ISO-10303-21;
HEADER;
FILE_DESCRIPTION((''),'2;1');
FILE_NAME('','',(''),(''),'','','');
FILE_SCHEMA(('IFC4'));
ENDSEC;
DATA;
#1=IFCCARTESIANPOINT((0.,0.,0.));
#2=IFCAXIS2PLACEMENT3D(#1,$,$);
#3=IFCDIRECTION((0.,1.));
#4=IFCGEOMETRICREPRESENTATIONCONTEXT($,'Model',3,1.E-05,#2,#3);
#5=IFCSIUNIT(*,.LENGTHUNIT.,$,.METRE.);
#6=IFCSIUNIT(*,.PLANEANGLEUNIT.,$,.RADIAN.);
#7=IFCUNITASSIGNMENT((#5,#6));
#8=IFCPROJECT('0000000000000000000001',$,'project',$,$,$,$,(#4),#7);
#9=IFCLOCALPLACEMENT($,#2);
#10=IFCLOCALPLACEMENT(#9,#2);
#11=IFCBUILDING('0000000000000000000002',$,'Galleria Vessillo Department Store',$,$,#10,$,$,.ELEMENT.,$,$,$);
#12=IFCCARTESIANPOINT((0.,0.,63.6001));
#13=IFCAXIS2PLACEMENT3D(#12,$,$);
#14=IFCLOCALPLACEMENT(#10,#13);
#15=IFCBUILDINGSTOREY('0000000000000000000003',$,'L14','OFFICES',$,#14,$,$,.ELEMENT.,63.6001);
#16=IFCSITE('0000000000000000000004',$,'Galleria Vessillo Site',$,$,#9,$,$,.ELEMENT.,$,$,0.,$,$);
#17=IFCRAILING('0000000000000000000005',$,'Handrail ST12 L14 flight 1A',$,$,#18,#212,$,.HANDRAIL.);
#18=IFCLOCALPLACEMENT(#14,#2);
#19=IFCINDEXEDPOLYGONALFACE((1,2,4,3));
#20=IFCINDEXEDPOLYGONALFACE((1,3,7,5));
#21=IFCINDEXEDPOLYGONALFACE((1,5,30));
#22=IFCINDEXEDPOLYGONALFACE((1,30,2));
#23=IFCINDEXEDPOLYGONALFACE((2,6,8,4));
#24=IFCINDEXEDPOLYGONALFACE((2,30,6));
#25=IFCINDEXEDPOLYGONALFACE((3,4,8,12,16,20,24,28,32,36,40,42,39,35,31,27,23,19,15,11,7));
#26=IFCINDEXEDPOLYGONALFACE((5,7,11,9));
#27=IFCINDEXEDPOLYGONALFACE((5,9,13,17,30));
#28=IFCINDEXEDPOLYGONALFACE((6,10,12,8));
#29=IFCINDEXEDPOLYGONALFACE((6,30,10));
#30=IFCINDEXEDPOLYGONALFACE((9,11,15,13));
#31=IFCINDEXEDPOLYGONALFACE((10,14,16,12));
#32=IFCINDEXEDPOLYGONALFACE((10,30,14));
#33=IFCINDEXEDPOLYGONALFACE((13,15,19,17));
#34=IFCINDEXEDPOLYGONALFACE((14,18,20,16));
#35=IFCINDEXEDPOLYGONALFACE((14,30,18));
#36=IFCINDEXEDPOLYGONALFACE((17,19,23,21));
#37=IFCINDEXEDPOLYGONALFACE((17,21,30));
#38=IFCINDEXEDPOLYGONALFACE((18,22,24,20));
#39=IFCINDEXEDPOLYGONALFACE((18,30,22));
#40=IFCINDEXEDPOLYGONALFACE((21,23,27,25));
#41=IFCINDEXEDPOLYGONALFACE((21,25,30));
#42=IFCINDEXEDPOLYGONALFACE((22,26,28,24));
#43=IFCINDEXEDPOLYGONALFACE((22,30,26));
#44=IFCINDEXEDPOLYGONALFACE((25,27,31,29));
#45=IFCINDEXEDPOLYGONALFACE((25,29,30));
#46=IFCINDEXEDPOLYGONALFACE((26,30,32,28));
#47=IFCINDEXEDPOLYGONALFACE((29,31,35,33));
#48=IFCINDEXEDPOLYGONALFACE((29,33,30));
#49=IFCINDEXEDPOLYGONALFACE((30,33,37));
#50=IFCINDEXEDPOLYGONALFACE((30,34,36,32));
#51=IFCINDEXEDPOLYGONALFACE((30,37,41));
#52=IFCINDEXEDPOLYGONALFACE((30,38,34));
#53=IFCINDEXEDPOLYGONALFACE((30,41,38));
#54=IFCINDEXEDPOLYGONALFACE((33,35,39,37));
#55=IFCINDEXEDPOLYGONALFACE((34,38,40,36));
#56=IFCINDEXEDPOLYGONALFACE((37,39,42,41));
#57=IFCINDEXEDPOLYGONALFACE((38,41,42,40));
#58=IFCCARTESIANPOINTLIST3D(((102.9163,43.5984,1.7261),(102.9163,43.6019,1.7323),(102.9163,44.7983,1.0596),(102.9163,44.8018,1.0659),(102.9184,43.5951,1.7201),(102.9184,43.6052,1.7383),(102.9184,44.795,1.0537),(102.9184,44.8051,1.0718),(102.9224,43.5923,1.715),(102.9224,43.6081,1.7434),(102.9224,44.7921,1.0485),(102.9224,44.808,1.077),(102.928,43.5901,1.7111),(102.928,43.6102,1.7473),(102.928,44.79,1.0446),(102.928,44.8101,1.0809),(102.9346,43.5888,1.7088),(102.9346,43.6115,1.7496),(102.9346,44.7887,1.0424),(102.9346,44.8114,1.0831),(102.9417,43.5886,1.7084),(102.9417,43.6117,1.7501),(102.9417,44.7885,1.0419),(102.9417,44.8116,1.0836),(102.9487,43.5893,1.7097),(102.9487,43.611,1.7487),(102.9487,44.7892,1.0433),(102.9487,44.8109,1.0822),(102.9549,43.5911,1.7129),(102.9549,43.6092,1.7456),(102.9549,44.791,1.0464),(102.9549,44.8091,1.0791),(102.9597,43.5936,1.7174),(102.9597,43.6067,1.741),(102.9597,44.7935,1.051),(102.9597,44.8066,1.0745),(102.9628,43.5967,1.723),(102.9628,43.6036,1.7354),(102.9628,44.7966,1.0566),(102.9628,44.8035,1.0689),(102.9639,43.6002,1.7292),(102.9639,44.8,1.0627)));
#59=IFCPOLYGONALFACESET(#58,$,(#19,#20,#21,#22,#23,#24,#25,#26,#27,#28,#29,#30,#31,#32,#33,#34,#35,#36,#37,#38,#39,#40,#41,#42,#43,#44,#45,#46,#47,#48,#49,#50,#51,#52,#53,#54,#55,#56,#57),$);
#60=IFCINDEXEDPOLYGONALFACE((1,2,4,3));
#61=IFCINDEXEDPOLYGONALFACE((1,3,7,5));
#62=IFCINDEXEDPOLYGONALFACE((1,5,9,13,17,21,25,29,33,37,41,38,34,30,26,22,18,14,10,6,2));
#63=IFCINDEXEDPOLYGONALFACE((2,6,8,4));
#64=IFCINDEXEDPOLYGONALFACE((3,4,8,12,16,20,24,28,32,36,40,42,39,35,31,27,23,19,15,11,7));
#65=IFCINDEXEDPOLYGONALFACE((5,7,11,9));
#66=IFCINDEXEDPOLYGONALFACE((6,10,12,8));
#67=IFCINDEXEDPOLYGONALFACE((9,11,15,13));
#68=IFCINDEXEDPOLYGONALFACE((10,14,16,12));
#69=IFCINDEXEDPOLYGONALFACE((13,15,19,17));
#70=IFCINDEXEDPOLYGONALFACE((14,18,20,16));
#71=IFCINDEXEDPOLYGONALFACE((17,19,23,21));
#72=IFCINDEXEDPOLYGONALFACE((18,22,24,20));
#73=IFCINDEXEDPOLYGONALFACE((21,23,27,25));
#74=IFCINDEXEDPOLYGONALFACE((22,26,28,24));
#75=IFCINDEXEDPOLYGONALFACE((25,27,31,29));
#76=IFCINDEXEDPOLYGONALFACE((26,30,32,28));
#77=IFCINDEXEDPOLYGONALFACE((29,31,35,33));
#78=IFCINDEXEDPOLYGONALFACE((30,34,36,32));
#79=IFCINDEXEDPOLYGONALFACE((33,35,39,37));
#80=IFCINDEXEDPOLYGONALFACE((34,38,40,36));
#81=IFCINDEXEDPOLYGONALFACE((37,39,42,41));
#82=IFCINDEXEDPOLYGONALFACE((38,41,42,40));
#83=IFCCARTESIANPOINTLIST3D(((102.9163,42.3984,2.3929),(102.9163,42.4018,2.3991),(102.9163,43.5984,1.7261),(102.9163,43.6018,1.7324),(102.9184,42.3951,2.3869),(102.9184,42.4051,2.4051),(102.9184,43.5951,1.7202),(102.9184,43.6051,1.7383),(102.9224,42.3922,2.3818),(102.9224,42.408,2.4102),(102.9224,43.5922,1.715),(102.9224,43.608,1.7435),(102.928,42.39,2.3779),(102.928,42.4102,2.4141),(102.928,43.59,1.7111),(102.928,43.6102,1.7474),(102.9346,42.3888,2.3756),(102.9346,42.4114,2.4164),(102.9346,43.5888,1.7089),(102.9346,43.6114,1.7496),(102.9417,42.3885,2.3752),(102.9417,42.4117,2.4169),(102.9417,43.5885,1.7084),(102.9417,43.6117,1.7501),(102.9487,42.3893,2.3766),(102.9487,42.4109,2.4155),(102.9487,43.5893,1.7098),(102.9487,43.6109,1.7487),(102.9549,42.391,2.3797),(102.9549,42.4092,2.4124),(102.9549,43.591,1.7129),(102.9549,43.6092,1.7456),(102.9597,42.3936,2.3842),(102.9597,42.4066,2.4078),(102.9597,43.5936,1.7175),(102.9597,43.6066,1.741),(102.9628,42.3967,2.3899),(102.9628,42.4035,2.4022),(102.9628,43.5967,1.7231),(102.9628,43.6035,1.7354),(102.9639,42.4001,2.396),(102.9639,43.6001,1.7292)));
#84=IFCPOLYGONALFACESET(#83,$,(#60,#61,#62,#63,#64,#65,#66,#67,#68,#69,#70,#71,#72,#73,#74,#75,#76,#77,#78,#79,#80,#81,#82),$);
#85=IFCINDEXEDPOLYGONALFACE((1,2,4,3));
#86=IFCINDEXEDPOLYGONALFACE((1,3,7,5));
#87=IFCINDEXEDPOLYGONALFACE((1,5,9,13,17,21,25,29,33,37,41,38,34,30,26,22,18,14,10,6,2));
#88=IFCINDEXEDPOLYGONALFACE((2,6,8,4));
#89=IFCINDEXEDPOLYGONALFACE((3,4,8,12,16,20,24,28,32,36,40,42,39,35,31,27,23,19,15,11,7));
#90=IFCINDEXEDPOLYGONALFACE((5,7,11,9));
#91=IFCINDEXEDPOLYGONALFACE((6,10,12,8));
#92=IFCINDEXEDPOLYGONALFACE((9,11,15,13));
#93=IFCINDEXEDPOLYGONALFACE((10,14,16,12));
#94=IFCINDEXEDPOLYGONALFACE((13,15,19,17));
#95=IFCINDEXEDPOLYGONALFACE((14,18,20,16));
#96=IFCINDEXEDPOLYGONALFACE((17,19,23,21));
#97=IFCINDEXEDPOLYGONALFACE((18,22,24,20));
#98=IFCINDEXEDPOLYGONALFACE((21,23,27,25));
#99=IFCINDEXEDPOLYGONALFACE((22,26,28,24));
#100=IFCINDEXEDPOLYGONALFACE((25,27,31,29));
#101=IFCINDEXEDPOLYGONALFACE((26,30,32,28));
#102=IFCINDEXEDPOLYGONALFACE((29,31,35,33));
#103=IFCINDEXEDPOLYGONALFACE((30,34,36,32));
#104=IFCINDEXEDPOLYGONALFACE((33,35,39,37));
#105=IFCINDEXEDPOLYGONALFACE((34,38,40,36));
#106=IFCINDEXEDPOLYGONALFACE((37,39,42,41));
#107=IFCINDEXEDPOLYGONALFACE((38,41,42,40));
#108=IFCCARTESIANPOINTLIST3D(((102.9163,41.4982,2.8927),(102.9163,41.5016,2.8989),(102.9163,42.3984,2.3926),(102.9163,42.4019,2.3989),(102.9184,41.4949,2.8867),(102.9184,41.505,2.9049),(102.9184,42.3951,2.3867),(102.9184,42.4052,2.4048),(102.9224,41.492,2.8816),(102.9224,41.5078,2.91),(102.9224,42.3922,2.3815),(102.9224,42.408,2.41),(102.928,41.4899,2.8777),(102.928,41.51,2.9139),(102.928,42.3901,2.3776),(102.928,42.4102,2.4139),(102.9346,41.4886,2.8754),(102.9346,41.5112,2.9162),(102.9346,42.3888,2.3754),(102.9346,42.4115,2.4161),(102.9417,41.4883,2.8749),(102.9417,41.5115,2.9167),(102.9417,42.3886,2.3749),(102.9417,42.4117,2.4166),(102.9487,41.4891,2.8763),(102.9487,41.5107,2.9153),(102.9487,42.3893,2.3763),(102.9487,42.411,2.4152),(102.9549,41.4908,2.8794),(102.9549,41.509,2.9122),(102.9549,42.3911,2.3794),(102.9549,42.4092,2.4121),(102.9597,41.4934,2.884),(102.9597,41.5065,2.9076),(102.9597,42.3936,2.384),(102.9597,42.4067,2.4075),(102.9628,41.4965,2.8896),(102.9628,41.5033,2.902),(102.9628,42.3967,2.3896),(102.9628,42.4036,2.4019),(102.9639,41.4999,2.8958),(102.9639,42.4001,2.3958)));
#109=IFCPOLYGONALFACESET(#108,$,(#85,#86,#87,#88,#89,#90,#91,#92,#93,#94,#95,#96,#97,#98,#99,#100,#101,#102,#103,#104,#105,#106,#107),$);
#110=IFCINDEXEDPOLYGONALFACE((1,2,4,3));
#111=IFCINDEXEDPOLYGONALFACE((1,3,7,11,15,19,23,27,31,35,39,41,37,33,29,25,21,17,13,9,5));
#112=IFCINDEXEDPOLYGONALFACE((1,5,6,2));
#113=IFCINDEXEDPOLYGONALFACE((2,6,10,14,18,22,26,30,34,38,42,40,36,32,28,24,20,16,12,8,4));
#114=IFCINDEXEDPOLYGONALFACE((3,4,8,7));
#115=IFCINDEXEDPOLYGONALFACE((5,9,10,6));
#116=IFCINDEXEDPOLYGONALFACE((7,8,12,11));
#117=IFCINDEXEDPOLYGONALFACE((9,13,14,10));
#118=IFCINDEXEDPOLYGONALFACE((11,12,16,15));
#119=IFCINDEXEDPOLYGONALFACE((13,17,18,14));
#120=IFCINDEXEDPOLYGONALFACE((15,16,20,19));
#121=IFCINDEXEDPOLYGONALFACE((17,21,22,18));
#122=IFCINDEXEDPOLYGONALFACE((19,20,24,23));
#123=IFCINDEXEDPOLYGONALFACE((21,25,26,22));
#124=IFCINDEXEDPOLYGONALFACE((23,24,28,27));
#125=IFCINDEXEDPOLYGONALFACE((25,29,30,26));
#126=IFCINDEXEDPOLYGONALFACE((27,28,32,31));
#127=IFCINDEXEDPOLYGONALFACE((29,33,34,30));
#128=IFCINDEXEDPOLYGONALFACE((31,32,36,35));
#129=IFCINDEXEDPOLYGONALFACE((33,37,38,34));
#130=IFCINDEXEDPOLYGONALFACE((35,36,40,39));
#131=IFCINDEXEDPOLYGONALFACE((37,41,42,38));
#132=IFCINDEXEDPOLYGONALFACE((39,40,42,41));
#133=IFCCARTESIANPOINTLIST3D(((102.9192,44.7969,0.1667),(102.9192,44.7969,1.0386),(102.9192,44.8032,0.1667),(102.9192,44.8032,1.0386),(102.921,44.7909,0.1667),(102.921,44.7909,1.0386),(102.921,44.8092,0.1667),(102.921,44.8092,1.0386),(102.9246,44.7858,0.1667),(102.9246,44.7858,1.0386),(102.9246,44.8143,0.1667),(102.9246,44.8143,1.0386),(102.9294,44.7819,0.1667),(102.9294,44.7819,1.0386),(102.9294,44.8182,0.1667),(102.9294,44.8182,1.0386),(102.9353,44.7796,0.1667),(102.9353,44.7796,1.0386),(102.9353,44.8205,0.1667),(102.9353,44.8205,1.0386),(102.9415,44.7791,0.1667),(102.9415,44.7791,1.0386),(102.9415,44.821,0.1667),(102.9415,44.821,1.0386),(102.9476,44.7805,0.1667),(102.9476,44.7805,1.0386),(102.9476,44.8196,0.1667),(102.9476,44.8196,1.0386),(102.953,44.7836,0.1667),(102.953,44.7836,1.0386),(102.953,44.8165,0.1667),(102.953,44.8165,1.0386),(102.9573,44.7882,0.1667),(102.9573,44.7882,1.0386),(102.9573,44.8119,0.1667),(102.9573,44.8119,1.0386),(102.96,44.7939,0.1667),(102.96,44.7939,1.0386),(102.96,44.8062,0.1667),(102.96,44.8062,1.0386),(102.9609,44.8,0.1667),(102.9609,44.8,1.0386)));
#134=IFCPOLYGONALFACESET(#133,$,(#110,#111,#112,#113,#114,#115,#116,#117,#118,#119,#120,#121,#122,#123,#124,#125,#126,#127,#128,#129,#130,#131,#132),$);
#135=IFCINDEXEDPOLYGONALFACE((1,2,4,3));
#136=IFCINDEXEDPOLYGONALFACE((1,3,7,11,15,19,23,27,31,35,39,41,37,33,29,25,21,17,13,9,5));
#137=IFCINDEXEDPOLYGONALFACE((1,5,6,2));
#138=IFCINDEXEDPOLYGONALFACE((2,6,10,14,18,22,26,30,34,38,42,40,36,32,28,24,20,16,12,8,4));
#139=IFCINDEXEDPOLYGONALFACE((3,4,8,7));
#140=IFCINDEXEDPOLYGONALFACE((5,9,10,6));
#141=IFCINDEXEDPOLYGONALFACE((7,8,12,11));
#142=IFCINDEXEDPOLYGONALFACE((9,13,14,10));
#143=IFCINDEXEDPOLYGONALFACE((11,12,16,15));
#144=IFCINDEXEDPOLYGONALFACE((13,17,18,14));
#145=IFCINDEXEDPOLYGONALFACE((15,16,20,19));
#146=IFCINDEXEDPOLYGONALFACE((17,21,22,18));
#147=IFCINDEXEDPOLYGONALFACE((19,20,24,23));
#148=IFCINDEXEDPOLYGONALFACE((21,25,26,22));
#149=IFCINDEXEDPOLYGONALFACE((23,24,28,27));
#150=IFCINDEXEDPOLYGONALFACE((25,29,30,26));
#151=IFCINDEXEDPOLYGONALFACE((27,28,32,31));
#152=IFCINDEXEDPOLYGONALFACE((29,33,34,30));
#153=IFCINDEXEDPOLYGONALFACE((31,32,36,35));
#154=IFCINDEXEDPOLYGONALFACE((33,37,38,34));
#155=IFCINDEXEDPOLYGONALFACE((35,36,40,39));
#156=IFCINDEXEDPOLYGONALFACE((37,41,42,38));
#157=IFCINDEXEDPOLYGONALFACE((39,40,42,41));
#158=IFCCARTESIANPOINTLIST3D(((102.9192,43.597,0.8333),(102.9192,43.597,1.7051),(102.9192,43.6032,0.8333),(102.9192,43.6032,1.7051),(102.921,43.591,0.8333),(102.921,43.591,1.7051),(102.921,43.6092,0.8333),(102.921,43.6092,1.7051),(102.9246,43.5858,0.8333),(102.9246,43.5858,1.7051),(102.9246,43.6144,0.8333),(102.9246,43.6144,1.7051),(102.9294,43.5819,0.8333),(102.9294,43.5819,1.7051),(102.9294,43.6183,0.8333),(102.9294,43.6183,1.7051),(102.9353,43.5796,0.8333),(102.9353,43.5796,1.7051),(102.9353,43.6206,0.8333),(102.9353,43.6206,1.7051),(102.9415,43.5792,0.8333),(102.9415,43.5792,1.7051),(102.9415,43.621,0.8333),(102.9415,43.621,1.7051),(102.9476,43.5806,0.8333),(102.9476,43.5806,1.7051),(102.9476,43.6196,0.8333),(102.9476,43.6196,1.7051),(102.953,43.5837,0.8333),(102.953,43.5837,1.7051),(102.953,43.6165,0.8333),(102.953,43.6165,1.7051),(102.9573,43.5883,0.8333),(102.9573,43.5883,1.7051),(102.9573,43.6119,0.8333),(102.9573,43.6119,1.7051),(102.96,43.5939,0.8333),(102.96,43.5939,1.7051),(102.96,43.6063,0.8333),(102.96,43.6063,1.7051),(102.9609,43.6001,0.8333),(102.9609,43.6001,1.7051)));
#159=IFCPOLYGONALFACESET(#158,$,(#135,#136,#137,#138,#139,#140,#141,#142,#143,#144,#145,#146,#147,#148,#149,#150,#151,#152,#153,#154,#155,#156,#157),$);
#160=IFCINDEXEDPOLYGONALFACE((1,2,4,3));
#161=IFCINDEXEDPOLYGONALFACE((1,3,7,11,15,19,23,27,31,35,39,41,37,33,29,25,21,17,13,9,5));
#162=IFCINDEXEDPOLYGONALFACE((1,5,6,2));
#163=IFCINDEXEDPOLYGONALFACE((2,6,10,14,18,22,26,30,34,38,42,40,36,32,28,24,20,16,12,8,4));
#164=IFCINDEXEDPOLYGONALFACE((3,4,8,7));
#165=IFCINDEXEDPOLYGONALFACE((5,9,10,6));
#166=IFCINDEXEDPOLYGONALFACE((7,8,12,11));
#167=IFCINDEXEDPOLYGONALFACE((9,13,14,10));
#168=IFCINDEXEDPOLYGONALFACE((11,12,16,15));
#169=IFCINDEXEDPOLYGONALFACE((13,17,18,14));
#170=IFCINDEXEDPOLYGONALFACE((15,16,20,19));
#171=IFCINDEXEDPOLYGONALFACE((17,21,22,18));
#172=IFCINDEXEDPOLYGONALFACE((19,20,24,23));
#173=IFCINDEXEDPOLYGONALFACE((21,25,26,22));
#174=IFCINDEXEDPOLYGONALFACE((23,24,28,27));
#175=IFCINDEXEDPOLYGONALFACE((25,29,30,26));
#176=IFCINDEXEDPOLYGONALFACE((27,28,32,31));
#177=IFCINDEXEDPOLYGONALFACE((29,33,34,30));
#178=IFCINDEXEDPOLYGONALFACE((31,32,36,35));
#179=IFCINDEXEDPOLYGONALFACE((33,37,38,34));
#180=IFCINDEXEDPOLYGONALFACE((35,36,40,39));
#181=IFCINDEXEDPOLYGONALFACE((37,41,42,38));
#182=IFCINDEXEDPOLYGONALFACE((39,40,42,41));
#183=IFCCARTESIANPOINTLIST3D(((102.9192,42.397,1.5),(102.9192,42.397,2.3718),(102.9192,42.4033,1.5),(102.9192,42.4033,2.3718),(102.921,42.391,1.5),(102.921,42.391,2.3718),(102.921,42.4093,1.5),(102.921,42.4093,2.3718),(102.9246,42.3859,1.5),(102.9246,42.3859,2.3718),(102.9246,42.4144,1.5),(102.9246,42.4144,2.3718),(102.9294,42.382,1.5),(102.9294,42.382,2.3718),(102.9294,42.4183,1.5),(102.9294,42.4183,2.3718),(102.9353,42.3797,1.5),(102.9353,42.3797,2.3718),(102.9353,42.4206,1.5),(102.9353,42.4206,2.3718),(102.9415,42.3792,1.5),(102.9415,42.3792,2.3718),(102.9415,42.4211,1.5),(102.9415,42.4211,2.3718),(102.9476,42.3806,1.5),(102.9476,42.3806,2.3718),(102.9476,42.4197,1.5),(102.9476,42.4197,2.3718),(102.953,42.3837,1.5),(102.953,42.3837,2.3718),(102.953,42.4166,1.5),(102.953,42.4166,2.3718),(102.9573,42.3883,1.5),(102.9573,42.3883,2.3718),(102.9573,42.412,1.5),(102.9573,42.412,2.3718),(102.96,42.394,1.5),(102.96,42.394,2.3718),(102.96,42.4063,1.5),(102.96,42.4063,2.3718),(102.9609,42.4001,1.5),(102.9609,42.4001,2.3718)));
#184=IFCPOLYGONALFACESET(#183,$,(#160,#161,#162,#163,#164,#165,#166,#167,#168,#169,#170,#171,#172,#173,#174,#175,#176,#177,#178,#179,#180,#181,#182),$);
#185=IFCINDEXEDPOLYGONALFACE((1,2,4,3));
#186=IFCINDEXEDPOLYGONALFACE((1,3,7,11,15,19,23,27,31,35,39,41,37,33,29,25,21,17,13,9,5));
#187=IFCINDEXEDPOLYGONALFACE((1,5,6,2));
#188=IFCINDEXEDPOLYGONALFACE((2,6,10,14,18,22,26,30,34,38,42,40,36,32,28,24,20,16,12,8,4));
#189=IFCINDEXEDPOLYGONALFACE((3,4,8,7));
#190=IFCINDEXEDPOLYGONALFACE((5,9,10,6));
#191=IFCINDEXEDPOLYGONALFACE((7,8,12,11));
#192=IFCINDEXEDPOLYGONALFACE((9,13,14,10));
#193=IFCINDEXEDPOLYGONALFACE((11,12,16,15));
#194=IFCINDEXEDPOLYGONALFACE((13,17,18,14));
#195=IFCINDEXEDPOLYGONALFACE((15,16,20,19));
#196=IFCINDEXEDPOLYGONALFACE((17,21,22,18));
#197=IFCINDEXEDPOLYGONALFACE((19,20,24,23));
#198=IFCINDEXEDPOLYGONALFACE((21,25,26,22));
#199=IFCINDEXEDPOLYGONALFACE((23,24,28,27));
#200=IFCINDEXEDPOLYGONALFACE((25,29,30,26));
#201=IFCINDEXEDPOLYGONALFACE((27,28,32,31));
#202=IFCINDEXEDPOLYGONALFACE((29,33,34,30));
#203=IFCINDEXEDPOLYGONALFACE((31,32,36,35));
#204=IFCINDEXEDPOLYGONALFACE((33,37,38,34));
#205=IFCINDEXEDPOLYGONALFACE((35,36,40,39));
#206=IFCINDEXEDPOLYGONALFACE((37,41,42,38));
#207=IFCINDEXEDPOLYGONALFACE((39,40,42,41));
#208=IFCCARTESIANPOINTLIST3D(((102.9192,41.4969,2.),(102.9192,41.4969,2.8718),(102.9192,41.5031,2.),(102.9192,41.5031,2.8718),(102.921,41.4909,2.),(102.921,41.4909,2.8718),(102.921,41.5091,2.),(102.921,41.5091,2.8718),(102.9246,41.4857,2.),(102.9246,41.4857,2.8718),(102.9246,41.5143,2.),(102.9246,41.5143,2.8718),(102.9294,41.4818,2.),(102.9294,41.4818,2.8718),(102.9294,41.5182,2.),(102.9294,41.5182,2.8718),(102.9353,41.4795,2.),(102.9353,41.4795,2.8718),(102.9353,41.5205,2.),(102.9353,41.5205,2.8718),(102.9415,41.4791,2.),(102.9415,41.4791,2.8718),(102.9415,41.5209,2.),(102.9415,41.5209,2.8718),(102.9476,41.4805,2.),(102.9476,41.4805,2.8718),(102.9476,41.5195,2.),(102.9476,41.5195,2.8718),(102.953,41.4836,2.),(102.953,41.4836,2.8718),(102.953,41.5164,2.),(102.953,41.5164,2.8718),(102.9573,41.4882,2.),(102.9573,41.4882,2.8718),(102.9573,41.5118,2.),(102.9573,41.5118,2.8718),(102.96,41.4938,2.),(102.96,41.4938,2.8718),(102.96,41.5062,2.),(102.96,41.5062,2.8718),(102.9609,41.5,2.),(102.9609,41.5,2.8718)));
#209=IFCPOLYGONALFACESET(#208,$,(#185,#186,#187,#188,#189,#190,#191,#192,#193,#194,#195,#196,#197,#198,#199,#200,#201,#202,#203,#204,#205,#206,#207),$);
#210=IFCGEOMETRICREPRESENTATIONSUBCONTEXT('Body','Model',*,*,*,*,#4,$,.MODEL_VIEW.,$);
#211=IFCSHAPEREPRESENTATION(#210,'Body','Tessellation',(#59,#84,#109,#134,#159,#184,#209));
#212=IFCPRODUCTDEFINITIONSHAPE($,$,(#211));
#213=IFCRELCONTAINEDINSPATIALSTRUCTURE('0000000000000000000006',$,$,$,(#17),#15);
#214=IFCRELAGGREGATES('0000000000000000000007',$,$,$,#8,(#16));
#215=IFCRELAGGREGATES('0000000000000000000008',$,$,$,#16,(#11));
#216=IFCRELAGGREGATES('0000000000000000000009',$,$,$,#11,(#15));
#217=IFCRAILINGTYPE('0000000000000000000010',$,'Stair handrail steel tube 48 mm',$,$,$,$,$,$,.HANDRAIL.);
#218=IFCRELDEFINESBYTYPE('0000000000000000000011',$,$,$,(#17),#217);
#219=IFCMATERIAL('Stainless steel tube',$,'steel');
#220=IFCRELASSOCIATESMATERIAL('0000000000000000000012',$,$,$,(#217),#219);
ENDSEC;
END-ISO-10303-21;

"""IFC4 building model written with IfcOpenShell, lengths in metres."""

from ifc_helpers import new_model, si_unit, direction, frame, origin, origin_2d, place, context, subcontext, project, spatial, circle, extrude, material, type_object, element, save


model = new_model("IFC4")

# Units and contexts
model_context = context("Model", 3, precision=1e-05, world=origin(), true_north=direction((0.0, 1.0)))
body_context = subcontext(model_context, "Body", "Model", "MODEL_VIEW")
ifc_project = project(units=[si_unit("LENGTHUNIT", "METRE"), si_unit("PLANEANGLEUNIT", "RADIAN")], contexts=[model_context])

# Site, building, storey
site_placement = place(None, origin())
site = spatial("IfcSite", under=ifc_project, at=site_placement, Name="Galleria Vessillo Site", CompositionType="ELEMENT", RefElevation=0.0)
building_placement = place(site_placement, origin())
building = spatial("IfcBuilding", under=site, at=building_placement, Name="Galleria Vessillo Department Store", CompositionType="ELEMENT")
storey_placement = place(building_placement, frame((0.0, 0.0, 63.6001)))
storey = spatial("IfcBuildingStorey", under=building, at=storey_placement, Name="L14", Description="OFFICES", CompositionType="ELEMENT", Elevation=63.6001)

# Railing
ifc_material_1 = material(Name="Stainless steel tube", Category="steel")
railing_type = type_object("IfcRailingType", Name="Stair handrail steel tube 48 mm", PredefinedType="HANDRAIL", material=ifc_material_1)
for number, where, name in (
    (1, (102.9399, 44.8, 0.1667), "Handrail ST12 L14 flight 1A"),
):
    element("IfcRailing", number, at=place(storey_placement, frame(where)), inside=storey, type_object=railing_type, Name=name, PredefinedType="HANDRAIL", context=body_context, shape_type="SweptSolid", body=[
        extrude(circle(Radius=0.0239, at=origin_2d()), frame((0.0, 0.0, 0.896), z_axis=(0.0, -0.874199, 0.485567), x_axis=(1.0, 0.0, 0.0)), (0.0, 0.0, 1.0), 1.3726),
        extrude(circle(Radius=0.0239, at=origin_2d()), frame((0.0, -1.2, 1.5625), z_axis=(0.0, -0.874124, 0.485703), x_axis=(1.0, 0.0, 0.0)), (0.0, 0.0, 1.0), 1.3728),
        extrude(circle(Radius=0.0239, at=origin_2d()), frame((0.0, -2.3999, 2.229), z_axis=(0.0, -0.874191, 0.485583), x_axis=(1.0, 0.0, 0.0)), (0.0, 0.0, 1.0), 1.0298),
        extrude(circle(Radius=0.021, at=origin_2d()), origin(), (0.0, 0.0, 1.0), 0.8718),
        extrude(circle(Radius=0.021, at=origin_2d()), frame((0.0, -1.2, 0.6665)), (0.0, 0.0, 1.0), 0.8718),
        extrude(circle(Radius=0.021, at=origin_2d()), frame((0.0, -2.3999, 1.3333)), (0.0, 0.0, 1.0), 0.8718),
        extrude(circle(Radius=0.021, at=origin_2d()), frame((0.0, -3.3, 1.8333)), (0.0, 0.0, 1.0), 0.8718),
    ])

save(model, "model.ifc")
